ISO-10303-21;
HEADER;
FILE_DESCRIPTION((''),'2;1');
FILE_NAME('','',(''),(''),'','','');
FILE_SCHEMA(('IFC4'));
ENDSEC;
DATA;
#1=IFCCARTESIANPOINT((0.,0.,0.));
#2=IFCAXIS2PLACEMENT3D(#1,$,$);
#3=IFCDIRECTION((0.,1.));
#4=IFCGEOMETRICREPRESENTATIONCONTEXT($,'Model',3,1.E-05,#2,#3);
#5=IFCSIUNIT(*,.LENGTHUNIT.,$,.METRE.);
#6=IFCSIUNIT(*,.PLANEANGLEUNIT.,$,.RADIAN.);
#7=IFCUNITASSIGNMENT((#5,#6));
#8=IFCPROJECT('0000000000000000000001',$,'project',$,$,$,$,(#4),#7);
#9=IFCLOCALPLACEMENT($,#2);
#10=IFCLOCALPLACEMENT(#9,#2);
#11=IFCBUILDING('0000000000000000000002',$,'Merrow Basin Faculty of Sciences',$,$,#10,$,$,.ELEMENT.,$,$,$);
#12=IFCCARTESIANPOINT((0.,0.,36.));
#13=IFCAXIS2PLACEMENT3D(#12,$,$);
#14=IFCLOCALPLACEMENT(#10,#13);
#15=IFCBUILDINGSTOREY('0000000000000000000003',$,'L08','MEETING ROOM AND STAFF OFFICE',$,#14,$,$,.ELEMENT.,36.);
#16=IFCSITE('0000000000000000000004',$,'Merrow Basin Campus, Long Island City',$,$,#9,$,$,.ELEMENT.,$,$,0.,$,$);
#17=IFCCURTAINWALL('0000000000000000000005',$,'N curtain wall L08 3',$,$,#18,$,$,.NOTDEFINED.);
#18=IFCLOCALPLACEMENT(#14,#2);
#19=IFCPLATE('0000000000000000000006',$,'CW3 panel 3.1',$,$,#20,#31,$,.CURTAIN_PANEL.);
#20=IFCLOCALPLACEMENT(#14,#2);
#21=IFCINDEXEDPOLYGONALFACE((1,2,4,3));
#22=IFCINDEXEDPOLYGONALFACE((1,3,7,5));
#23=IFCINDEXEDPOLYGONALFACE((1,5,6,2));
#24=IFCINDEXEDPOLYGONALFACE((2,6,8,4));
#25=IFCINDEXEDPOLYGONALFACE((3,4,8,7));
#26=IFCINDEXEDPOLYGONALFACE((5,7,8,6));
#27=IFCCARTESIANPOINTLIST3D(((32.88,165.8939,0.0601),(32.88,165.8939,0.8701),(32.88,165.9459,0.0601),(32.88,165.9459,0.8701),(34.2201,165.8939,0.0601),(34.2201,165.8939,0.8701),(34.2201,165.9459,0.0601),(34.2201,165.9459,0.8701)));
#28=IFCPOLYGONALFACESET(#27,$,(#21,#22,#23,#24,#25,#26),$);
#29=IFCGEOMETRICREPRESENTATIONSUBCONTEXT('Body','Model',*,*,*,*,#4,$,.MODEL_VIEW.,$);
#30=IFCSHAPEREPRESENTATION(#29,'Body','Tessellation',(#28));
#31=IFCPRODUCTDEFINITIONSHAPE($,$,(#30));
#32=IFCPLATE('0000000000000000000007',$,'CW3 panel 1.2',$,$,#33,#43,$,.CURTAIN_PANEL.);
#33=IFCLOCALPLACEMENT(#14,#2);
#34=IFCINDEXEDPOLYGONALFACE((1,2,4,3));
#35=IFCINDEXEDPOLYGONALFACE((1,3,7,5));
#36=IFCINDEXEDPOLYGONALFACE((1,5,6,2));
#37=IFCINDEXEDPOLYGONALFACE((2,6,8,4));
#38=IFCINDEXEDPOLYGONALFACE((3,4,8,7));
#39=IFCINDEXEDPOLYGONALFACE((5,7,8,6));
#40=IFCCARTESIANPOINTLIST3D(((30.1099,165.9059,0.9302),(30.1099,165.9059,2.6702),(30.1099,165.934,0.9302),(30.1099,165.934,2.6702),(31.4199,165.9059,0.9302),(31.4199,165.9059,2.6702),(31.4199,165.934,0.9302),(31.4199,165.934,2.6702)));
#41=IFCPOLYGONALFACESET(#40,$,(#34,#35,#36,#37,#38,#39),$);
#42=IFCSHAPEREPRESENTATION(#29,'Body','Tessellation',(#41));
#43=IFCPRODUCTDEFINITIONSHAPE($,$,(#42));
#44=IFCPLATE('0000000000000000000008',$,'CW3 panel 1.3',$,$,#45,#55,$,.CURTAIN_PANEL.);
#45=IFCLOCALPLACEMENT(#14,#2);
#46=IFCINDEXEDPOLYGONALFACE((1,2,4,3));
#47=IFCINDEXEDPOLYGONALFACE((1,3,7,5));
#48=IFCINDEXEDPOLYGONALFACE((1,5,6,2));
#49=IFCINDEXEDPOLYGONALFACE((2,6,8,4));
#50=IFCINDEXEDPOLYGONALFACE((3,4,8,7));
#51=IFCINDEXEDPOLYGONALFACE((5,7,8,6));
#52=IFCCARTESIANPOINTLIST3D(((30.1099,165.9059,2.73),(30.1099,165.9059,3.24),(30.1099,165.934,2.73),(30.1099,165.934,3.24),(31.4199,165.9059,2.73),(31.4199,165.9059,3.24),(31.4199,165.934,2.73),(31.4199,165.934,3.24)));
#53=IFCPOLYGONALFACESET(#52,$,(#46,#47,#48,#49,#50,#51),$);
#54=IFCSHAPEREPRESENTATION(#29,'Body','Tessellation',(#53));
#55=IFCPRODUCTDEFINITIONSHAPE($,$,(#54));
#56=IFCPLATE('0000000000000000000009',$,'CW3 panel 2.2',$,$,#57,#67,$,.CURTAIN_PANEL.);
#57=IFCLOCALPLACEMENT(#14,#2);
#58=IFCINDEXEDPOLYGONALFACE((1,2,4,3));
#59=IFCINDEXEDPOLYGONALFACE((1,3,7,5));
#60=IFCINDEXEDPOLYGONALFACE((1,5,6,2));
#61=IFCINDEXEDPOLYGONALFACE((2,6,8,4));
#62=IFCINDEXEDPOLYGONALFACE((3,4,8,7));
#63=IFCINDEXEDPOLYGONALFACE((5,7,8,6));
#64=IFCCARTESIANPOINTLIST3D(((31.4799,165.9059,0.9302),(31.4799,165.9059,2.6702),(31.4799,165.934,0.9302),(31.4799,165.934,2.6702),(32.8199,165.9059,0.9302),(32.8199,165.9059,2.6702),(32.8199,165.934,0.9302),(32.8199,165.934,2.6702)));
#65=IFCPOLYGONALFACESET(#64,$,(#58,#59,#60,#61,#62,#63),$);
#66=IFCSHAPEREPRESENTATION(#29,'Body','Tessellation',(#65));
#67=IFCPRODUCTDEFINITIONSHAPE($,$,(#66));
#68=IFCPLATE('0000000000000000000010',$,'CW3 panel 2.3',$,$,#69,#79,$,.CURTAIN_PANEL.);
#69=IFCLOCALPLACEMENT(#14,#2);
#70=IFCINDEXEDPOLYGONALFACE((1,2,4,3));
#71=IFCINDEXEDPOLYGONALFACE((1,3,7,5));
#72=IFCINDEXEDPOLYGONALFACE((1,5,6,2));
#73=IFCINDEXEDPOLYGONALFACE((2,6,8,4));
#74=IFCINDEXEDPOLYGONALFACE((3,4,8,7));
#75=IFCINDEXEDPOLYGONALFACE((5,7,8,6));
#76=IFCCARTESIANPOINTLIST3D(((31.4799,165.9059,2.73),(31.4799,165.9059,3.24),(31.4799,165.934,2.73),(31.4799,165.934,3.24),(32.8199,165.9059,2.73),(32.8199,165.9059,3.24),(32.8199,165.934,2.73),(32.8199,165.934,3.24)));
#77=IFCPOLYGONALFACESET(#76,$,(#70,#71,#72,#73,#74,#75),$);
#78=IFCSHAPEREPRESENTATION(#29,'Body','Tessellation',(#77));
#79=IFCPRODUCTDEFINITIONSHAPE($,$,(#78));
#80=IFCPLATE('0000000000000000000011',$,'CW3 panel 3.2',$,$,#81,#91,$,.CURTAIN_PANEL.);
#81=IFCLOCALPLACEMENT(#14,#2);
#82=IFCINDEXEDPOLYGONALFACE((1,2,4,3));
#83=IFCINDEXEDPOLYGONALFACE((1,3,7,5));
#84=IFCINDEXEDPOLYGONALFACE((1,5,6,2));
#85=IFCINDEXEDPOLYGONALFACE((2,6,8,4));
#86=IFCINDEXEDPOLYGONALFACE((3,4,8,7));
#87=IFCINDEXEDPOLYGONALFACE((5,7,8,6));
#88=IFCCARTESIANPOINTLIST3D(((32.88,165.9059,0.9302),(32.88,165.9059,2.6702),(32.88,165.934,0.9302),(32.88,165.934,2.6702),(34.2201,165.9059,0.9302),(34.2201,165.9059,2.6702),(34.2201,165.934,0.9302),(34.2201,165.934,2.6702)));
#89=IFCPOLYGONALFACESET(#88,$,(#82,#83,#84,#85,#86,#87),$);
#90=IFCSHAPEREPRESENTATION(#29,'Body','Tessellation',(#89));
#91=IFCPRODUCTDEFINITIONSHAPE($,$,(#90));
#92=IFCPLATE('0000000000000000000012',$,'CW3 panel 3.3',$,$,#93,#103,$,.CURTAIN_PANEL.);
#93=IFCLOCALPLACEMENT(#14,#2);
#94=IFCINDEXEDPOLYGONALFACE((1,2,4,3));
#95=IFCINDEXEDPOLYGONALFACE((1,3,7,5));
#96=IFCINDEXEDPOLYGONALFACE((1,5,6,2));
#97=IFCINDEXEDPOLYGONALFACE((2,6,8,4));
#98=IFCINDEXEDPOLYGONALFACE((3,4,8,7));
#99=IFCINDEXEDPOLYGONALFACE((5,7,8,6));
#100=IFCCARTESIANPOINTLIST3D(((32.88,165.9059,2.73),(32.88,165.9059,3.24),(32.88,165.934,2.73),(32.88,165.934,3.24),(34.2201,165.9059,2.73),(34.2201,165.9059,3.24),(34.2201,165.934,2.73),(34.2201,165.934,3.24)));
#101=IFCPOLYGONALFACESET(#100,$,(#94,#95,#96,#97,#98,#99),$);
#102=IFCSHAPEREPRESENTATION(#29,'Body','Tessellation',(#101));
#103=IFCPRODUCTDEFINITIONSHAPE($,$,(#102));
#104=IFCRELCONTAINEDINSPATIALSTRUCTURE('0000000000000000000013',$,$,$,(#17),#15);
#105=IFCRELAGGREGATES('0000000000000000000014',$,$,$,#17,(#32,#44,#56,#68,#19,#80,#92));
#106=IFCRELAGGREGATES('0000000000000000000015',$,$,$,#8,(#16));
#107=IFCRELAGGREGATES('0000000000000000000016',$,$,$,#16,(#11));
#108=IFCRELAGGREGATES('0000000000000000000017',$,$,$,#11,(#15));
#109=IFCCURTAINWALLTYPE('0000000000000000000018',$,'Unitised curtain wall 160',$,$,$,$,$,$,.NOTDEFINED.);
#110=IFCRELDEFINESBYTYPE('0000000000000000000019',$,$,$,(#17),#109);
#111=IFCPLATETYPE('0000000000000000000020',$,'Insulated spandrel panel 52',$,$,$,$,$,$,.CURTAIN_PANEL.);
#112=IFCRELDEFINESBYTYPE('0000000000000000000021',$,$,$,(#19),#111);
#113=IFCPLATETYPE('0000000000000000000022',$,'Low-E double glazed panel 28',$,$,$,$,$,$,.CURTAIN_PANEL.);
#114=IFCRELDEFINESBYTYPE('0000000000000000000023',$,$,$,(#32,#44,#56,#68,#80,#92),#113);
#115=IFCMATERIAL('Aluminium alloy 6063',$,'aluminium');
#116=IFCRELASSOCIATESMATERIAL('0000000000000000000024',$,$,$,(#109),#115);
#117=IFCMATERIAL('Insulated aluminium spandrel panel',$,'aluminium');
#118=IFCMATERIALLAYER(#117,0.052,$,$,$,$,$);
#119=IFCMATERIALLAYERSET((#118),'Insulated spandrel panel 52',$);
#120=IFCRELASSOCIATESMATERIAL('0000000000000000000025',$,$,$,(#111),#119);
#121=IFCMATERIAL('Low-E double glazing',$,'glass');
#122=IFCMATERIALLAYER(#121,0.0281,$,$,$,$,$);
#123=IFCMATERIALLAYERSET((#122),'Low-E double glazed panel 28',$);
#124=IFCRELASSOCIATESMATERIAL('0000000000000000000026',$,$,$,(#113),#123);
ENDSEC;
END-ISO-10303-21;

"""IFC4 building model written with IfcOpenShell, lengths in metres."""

from ifc_helpers import new_model, si_unit, direction, frame, origin, origin_2d, place, context, subcontext, project, spatial, rectangle, extrude, material, layer, layer_set, type_object, element, aggregate, save


model = new_model("IFC4")

# Units and contexts
model_context = context("Model", 3, precision=1e-05, world=origin(), true_north=direction((0.0, 1.0)))
body_context = subcontext(model_context, "Body", "Model", "MODEL_VIEW")
ifc_project = project(units=[si_unit("LENGTHUNIT", "METRE"), si_unit("PLANEANGLEUNIT", "RADIAN")], contexts=[model_context])

# Site, building, storey
site_placement = place(None, origin())
site = spatial("IfcSite", under=ifc_project, at=site_placement, Name="Merrow Basin Campus, Long Island City", CompositionType="ELEMENT", RefElevation=0.0)
building_placement = place(site_placement, origin())
building = spatial("IfcBuilding", under=site, at=building_placement, Name="Merrow Basin Faculty of Sciences", CompositionType="ELEMENT")
storey_placement = place(building_placement, frame((0.0, 0.0, 36.0)))
storey = spatial("IfcBuildingStorey", under=building, at=storey_placement, Name="L08", Description="MEETING ROOM AND STAFF OFFICE", CompositionType="ELEMENT", Elevation=36.0)

# Curtain wall, plates
ifc_material_1 = material(Name="Aluminium alloy 6063", Category="aluminium")
curtain_wall_type = type_object("IfcCurtainWallType", Name="Unitised curtain wall 160", PredefinedType="NOTDEFINED", material=ifc_material_1)
curtain_wall_placement = place(storey_placement, origin())
curtain_wall = element("IfcCurtainWall", 1, at=curtain_wall_placement, inside=storey, type_object=curtain_wall_type, Name="N curtain wall L08 3", PredefinedType="NOTDEFINED")
ifc_material_2 = material(Name="Insulated aluminium spandrel panel", Category="aluminium")
ifc_layer_1 = layer(ifc_material_2, 0.052)
ifc_layer_set_1 = layer_set([ifc_layer_1], Name="Insulated spandrel panel 52")
plate_type_1 = type_object("IfcPlateType", Name="Insulated spandrel panel 52", PredefinedType="CURTAIN_PANEL", material=ifc_layer_set_1)
plate_1_placement = place(storey_placement, frame((33.55, 165.9199, 0.0601), z_axis=(0.0, 0.0, 1.0), x_axis=(1.0, 0.0, 0.0)))
plate_1 = element("IfcPlate", 2, at=plate_1_placement, type_object=plate_type_1, Name="CW3 panel 3.1", PredefinedType="CURTAIN_PANEL", context=body_context, shape_type="SweptSolid", body=[
    extrude(rectangle(XDim=1.3401, YDim=0.052, at=origin_2d()), origin(), (0.0, 0.0, 1.0), 0.8101),
])
ifc_material_3 = material(Name="Low-E double glazing", Category="glass")
ifc_layer_2 = layer(ifc_material_3, 0.0281)
ifc_layer_set_2 = layer_set([ifc_layer_2], Name="Low-E double glazed panel 28")
plate_type_2 = type_object("IfcPlateType", Name="Low-E double glazed panel 28", PredefinedType="CURTAIN_PANEL", material=ifc_layer_set_2)
plate_2_placement = place(storey_placement, frame((30.7649, 165.9199, 0.9302), z_axis=(0.0, 0.0, 1.0), x_axis=(1.0, 0.0, 0.0)))
plate_2 = element("IfcPlate", 3, at=plate_2_placement, type_object=plate_type_2, Name="CW3 panel 1.2", PredefinedType="CURTAIN_PANEL", context=body_context, shape_type="SweptSolid", body=[
    extrude(rectangle(XDim=1.3101, YDim=0.0281, at=origin_2d()), origin(), (0.0, 0.0, 1.0), 1.74),
])
plate_3_placement = place(storey_placement, frame((30.7649, 165.9199, 2.73), z_axis=(0.0, 0.0, 1.0), x_axis=(1.0, 0.0, 0.0)))
plate_3 = element("IfcPlate", 4, at=plate_3_placement, type_object=plate_type_2, Name="CW3 panel 1.3", PredefinedType="CURTAIN_PANEL", context=body_context, shape_type="SweptSolid", body=[
    extrude(rectangle(XDim=1.3101, YDim=0.0281, at=origin_2d()), origin(), (0.0, 0.0, 1.0), 0.51),
])
plate_4_placement = place(storey_placement, frame((32.1499, 165.9199, 0.9302), z_axis=(0.0, 0.0, 1.0), x_axis=(1.0, 0.0, 0.0)))
plate_4 = element("IfcPlate", 5, at=plate_4_placement, type_object=plate_type_2, Name="CW3 panel 2.2", PredefinedType="CURTAIN_PANEL", context=body_context, shape_type="SweptSolid", body=[
    extrude(rectangle(XDim=1.3401, YDim=0.0281, at=origin_2d()), origin(), (0.0, 0.0, 1.0), 1.74),
])
plate_5_placement = place(storey_placement, frame((32.1499, 165.9199, 2.73), z_axis=(0.0, 0.0, 1.0), x_axis=(1.0, 0.0, 0.0)))
plate_5 = element("IfcPlate", 6, at=plate_5_placement, type_object=plate_type_2, Name="CW3 panel 2.3", PredefinedType="CURTAIN_PANEL", context=body_context, shape_type="SweptSolid", body=[
    extrude(rectangle(XDim=1.3401, YDim=0.0281, at=origin_2d()), origin(), (0.0, 0.0, 1.0), 0.51),
])
plate_6_placement = place(storey_placement, frame((33.55, 165.9199, 0.9302), z_axis=(0.0, 0.0, 1.0), x_axis=(1.0, 0.0, 0.0)))
plate_6 = element("IfcPlate", 7, at=plate_6_placement, type_object=plate_type_2, Name="CW3 panel 3.2", PredefinedType="CURTAIN_PANEL", context=body_context, shape_type="SweptSolid", body=[
    extrude(rectangle(XDim=1.3401, YDim=0.0281, at=origin_2d()), origin(), (0.0, 0.0, 1.0), 1.74),
])
plate_7_placement = place(storey_placement, frame((33.55, 165.9199, 2.73), z_axis=(0.0, 0.0, 1.0), x_axis=(1.0, 0.0, 0.0)))
plate_7 = element("IfcPlate", 8, at=plate_7_placement, type_object=plate_type_2, Name="CW3 panel 3.3", PredefinedType="CURTAIN_PANEL", context=body_context, shape_type="SweptSolid", body=[
    extrude(rectangle(XDim=1.3401, YDim=0.0281, at=origin_2d()), origin(), (0.0, 0.0, 1.0), 0.51),
])
aggregate(curtain_wall, [plate_2, plate_3, plate_4, plate_5, plate_1, plate_6, plate_7])

save(model, "model.ifc")
